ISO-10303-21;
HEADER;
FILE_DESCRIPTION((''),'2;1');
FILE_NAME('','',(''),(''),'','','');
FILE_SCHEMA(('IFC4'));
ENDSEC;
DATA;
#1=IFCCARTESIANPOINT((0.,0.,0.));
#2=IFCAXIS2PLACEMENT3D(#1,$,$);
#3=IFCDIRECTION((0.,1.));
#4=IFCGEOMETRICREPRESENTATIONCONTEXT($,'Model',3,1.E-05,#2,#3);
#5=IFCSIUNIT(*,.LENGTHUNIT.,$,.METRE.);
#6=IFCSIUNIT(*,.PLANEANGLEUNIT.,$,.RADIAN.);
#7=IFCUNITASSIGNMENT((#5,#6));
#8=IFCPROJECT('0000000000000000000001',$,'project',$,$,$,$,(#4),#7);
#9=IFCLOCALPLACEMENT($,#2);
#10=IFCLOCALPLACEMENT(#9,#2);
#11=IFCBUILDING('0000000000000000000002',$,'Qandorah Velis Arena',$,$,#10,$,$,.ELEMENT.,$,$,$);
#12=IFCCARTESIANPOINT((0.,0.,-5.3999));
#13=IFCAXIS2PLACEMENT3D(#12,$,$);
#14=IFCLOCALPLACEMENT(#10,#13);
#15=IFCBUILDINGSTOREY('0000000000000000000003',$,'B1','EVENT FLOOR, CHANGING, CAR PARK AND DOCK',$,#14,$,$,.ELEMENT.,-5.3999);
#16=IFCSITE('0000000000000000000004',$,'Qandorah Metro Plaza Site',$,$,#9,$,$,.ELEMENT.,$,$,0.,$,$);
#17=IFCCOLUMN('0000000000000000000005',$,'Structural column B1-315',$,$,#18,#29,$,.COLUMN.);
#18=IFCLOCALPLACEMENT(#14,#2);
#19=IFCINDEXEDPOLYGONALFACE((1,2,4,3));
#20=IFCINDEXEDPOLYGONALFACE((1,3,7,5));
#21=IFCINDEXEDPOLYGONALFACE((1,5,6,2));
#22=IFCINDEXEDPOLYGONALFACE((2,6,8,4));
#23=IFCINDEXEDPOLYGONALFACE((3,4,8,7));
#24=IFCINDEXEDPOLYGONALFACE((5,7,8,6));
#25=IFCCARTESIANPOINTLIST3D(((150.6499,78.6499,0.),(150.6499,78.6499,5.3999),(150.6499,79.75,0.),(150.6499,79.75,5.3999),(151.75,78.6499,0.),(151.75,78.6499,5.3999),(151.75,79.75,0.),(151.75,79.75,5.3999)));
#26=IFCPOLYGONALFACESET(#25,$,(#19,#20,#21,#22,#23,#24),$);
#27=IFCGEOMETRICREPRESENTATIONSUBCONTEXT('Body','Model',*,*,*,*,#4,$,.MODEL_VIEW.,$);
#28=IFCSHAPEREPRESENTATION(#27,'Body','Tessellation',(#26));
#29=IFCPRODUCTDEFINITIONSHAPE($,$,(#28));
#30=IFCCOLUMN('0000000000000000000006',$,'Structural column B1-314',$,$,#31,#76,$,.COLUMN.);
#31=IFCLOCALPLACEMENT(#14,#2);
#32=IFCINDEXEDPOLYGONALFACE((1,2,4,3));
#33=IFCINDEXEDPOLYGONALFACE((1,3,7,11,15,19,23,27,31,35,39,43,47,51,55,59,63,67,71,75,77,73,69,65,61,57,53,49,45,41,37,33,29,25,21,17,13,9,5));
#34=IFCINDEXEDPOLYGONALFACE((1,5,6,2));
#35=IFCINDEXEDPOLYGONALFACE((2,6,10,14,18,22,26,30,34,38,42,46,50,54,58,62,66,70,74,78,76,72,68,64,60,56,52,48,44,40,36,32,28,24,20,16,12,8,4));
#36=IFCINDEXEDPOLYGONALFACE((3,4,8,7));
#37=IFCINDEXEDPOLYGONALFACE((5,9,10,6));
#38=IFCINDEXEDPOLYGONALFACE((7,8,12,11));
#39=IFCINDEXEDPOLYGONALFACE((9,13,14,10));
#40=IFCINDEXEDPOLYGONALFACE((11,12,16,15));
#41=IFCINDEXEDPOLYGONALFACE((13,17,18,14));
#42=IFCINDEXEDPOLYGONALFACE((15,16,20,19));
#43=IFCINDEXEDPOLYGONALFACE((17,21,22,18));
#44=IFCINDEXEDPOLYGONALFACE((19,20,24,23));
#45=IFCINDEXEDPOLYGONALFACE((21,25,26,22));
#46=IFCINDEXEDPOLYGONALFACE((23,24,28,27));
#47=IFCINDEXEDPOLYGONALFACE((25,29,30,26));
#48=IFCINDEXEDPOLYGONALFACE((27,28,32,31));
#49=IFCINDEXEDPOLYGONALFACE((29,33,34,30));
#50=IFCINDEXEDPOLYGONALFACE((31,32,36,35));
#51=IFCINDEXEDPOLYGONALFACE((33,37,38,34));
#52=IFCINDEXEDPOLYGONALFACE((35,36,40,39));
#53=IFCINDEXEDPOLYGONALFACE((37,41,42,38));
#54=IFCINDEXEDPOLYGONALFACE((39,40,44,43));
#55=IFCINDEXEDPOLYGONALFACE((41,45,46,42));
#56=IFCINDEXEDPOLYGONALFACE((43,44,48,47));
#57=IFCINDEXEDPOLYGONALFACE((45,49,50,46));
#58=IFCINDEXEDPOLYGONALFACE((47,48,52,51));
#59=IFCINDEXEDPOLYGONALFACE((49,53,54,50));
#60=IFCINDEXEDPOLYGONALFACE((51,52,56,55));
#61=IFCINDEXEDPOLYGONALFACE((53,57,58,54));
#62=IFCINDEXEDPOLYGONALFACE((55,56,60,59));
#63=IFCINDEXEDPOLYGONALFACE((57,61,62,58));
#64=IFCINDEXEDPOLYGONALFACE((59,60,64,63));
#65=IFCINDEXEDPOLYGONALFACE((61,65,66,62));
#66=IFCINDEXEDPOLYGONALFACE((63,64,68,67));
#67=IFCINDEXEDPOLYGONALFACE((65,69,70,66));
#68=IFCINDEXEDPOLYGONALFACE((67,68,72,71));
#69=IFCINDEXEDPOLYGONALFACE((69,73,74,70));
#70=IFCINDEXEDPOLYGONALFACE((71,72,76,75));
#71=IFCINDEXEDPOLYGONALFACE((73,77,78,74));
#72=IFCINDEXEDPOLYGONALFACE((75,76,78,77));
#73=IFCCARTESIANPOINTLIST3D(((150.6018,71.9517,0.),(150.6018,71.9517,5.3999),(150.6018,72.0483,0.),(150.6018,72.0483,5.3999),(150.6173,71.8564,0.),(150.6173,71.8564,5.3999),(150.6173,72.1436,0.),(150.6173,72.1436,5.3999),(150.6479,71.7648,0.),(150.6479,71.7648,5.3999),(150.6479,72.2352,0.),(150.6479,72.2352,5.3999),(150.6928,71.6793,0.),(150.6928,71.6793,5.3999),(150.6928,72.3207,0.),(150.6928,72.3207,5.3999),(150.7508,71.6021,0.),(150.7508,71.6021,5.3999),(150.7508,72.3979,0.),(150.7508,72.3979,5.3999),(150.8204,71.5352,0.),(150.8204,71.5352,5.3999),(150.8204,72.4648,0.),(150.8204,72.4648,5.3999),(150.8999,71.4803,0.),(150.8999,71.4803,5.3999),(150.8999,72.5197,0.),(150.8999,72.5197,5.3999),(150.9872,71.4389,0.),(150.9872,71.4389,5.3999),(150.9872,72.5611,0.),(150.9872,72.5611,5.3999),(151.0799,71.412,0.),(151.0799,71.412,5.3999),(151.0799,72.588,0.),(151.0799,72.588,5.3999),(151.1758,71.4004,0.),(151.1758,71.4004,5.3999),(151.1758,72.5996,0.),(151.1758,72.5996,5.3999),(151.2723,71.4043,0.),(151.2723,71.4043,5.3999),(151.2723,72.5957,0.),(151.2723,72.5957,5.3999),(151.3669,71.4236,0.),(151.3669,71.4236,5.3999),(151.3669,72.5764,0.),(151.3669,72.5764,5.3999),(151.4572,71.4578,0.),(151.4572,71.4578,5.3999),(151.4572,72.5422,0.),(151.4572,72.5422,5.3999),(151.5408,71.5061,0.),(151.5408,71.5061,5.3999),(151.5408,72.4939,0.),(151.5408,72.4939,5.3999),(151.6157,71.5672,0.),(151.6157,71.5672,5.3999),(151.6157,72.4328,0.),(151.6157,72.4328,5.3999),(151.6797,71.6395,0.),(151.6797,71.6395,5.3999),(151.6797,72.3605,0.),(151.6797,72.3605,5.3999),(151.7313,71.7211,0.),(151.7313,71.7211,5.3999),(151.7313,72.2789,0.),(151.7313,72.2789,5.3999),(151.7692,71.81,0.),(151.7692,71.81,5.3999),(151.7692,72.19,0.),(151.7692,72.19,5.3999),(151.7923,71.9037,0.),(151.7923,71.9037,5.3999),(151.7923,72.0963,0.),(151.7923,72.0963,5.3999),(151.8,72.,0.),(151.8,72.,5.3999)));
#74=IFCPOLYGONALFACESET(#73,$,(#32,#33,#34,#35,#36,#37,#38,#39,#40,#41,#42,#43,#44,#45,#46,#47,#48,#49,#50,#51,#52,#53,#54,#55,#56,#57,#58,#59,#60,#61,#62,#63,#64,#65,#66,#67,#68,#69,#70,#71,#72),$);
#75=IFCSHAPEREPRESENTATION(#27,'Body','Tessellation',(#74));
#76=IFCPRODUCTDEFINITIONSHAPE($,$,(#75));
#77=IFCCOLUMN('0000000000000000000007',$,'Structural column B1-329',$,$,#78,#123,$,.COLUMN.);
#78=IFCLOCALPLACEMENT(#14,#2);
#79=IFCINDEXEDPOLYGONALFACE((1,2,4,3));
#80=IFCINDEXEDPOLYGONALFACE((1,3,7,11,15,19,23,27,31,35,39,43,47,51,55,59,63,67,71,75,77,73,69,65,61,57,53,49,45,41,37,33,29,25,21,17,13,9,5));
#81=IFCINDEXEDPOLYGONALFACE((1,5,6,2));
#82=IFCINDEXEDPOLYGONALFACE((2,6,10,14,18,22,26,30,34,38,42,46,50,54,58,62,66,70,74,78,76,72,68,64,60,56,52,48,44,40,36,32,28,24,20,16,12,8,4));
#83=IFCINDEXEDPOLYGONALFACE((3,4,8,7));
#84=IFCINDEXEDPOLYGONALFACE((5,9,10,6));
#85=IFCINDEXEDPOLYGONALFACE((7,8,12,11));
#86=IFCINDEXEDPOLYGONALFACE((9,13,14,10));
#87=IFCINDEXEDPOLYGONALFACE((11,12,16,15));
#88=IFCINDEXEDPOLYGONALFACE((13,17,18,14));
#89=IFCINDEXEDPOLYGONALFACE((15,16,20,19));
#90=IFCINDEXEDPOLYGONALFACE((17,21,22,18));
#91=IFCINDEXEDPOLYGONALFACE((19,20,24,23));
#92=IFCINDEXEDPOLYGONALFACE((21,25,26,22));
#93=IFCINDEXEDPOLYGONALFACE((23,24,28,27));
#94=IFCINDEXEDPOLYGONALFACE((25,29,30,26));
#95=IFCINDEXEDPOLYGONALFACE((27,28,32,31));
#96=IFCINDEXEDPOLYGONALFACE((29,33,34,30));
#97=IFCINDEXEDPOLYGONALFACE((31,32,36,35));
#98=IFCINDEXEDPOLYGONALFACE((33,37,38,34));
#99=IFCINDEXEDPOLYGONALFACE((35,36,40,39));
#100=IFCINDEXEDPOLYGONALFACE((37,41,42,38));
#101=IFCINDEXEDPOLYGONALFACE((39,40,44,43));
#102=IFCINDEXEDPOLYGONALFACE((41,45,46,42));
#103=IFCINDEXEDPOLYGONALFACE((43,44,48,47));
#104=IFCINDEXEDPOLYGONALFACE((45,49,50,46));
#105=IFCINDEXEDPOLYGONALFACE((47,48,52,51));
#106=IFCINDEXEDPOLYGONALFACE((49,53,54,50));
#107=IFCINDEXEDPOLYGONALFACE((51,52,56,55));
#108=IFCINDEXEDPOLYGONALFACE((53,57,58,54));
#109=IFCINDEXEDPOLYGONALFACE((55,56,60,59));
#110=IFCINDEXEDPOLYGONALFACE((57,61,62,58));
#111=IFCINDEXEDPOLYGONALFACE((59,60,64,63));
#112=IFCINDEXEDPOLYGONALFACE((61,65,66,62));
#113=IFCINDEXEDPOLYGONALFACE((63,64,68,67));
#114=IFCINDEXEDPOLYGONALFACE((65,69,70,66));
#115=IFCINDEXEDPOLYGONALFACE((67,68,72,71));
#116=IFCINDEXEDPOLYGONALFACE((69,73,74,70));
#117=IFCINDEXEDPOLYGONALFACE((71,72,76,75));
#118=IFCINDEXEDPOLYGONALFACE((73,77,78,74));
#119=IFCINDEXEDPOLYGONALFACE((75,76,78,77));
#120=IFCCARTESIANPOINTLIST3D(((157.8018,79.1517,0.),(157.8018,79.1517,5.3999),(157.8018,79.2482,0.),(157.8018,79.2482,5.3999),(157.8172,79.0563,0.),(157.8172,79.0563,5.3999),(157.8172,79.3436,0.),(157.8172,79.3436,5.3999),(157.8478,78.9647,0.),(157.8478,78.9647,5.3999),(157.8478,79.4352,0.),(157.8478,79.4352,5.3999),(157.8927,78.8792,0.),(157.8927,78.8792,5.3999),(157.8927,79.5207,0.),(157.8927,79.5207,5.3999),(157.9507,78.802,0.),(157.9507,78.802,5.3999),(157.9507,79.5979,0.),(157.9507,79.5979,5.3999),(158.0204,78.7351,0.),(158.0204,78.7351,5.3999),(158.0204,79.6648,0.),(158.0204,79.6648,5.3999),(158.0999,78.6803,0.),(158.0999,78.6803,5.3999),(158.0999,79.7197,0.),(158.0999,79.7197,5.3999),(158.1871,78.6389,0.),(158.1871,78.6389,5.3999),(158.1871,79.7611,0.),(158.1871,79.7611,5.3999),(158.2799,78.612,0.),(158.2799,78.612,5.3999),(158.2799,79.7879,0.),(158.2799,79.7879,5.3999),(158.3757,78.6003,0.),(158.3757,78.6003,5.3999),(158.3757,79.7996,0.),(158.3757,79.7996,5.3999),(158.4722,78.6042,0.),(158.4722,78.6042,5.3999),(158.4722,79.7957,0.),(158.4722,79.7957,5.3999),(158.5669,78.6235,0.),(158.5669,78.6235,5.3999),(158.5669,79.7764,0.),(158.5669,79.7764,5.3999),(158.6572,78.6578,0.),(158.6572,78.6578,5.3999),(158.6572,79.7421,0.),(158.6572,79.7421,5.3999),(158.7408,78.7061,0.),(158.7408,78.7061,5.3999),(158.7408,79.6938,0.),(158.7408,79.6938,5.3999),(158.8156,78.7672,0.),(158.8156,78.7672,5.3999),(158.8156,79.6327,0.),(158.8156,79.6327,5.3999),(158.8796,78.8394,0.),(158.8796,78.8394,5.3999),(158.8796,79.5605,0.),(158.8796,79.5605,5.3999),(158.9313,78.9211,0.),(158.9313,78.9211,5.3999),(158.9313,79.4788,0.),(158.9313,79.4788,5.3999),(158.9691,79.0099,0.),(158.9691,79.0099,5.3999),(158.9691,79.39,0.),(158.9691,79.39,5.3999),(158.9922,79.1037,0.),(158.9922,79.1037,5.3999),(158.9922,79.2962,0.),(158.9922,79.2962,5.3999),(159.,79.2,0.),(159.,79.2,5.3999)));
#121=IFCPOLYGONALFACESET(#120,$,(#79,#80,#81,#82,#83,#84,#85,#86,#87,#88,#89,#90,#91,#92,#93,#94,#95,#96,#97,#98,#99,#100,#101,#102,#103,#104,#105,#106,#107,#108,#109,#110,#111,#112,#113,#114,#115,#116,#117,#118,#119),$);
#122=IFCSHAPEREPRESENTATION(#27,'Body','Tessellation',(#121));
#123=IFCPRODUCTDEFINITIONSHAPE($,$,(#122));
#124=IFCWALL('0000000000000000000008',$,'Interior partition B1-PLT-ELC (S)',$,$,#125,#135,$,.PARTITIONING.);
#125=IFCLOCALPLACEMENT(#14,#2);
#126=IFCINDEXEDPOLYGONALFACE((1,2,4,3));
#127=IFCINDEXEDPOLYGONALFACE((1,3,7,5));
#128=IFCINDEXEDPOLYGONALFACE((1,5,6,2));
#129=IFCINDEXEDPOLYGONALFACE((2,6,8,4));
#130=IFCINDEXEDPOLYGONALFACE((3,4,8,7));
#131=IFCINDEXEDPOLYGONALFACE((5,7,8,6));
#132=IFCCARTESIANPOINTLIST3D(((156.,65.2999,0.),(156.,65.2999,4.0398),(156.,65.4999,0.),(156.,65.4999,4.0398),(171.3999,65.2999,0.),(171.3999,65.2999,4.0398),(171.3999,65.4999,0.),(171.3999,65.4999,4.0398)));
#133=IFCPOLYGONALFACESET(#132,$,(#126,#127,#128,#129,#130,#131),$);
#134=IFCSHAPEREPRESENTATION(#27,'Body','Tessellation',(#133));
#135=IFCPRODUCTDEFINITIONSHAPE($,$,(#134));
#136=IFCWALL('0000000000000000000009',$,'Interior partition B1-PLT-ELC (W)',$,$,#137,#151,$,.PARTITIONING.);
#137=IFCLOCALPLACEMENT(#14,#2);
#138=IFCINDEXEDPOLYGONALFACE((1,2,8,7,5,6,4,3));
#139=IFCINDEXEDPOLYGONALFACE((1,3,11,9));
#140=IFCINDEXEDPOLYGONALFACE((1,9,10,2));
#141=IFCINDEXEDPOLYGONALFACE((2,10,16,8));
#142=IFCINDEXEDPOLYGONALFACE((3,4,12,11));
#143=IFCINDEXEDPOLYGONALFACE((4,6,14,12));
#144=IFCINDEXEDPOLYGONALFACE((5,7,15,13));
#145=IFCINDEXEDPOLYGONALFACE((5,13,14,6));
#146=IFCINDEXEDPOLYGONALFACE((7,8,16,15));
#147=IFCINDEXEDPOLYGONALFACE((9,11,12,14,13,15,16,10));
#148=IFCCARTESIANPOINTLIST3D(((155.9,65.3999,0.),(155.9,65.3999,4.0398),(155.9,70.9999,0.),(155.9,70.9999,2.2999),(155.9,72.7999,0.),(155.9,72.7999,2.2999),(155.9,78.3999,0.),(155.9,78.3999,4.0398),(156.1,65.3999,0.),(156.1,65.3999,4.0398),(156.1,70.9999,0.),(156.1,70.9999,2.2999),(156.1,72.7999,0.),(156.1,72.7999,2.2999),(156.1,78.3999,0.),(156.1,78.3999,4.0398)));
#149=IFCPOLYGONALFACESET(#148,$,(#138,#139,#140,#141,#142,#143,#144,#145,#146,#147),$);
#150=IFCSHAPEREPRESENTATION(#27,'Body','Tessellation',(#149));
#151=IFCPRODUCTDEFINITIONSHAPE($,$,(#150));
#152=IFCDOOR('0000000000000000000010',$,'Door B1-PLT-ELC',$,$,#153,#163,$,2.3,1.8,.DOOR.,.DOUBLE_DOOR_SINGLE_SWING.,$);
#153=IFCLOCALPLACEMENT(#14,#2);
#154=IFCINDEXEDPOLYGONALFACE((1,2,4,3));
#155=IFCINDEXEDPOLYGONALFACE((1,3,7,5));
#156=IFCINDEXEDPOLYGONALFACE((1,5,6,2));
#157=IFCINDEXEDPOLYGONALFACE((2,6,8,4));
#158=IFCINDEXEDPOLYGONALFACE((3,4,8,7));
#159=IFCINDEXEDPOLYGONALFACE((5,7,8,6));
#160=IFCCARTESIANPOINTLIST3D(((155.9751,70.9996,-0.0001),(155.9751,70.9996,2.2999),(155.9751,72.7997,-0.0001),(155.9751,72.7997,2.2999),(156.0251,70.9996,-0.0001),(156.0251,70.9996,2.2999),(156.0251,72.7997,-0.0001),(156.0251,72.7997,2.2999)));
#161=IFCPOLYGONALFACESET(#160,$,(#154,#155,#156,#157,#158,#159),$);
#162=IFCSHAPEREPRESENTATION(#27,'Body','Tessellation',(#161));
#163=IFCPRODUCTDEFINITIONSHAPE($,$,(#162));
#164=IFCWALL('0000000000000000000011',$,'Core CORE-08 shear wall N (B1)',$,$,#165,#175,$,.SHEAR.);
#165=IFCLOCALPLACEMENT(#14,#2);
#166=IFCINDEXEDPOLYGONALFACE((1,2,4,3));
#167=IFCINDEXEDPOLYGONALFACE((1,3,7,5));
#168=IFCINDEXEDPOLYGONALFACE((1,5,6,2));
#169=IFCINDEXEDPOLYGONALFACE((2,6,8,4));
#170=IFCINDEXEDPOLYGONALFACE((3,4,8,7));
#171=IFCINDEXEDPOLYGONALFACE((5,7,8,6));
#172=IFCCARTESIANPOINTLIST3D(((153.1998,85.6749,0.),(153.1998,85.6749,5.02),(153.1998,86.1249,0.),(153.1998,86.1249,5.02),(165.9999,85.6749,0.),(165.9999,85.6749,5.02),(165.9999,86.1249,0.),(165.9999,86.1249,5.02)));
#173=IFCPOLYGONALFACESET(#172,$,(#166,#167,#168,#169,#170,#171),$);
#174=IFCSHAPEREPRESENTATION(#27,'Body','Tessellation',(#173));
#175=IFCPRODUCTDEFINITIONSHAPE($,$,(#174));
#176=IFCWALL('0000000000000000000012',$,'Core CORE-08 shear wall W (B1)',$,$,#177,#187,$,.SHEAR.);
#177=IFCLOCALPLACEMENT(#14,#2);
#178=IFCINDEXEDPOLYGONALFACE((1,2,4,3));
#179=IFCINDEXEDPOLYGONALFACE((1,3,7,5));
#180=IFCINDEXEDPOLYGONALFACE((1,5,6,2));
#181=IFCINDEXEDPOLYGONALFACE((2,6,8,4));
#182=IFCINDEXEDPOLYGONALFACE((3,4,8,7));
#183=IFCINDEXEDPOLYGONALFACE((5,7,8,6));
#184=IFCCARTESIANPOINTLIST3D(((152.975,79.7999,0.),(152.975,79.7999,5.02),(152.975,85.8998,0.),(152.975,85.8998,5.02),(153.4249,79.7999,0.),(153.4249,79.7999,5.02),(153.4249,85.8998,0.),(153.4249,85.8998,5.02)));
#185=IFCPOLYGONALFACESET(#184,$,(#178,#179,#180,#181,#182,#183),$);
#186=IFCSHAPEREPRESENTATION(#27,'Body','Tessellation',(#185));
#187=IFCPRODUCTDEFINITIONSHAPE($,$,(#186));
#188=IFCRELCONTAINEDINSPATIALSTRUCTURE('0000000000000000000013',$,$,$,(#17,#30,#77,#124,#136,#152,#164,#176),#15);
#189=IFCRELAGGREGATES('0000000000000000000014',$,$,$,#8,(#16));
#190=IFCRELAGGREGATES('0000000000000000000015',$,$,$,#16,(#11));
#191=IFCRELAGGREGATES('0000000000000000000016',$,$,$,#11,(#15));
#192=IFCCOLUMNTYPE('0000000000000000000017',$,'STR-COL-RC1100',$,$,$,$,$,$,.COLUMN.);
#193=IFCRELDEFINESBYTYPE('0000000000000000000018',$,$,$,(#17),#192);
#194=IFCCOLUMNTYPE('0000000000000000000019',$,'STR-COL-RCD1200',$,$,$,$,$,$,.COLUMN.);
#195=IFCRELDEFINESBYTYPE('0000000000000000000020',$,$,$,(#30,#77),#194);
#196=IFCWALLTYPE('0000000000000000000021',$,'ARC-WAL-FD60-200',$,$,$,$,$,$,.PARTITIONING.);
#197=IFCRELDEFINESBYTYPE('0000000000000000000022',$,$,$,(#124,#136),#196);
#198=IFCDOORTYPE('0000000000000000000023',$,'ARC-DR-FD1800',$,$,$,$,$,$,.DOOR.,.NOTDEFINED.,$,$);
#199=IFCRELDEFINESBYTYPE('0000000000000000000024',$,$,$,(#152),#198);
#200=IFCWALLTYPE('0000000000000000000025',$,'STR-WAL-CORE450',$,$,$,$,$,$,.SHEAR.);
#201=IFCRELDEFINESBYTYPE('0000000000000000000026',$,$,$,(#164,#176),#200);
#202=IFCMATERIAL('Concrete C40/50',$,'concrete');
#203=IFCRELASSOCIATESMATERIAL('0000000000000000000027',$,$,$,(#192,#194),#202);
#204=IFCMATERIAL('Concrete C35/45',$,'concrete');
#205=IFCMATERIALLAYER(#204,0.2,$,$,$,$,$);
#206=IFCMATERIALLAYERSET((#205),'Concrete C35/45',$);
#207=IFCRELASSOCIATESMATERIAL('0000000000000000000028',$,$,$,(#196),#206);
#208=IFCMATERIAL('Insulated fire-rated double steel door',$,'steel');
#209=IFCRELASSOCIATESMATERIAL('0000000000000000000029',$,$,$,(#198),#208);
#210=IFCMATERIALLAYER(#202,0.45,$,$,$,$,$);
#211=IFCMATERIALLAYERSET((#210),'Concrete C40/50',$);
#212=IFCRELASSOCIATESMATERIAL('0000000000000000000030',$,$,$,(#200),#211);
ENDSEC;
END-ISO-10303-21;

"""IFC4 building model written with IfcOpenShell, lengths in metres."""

from ifc_helpers import new_model, si_unit, direction, frame, frame_2d, origin, origin_2d, place, context, subcontext, project, spatial, rectangle, circle, extrude, material, layer, layer_set, material_profile, profile_set, type_object, element, fill, save


model = new_model("IFC4")

# Units and contexts
model_context = context("Model", 3, precision=1e-05, world=origin(), true_north=direction((0.0, 1.0)))
body_context = subcontext(model_context, "Body", "Model", "MODEL_VIEW")
ifc_project = project(units=[si_unit("LENGTHUNIT", "METRE"), si_unit("PLANEANGLEUNIT", "RADIAN")], contexts=[model_context])

# Site, building, storey
site_placement = place(None, origin())
site = spatial("IfcSite", under=ifc_project, at=site_placement, Name="Qandorah Metro Plaza Site", CompositionType="ELEMENT", RefElevation=0.0)
building_placement = place(site_placement, origin())
building = spatial("IfcBuilding", under=site, at=building_placement, Name="Qandorah Velis Arena", CompositionType="ELEMENT")
storey_placement = place(building_placement, frame((0.0, 0.0, -5.3999)))
storey = spatial("IfcBuildingStorey", under=building, at=storey_placement, Name="B1", Description="EVENT FLOOR, CHANGING, CAR PARK AND DOCK", CompositionType="ELEMENT", Elevation=-5.3999)

# Shared definitions
ifc_material_1 = material(Name="Concrete C40/50", Category="concrete")

# Columns
ifc_material_profile_1 = material_profile(ifc_material_1, rectangle(XDim=1.1001, YDim=1.1001, at=origin_2d()), Name="RC COL 1100x1100")
ifc_profile_set_1 = profile_set([ifc_material_profile_1], Name="Concrete C40/50")
column_type_1 = type_object("IfcColumnType", Name="STR-COL-RC1100", PredefinedType="COLUMN", material=ifc_profile_set_1)
column_placement = place(storey_placement, frame((151.2, 79.2, 0.0), z_axis=(0.0, 0.0, 1.0), x_axis=(1.0, 0.0, 0.0)))
element("IfcColumn", 1, at=column_placement, inside=storey, type_object=column_type_1, Name="Structural column B1-315", PredefinedType="COLUMN", context=body_context, shape_type="SweptSolid", body=[
    extrude(rectangle(XDim=1.1001, YDim=1.1001, at=origin_2d()), origin(), (0.0, 0.0, 1.0), 5.3999),
])
ifc_material_profile_2 = material_profile(ifc_material_1, circle(Radius=0.6001, at=origin_2d()), Name="RC D1200")
ifc_profile_set_2 = profile_set([ifc_material_profile_2], Name="Concrete C40/50")
column_type_2 = type_object("IfcColumnType", Name="STR-COL-RCD1200", PredefinedType="COLUMN", material=ifc_profile_set_2)
for number, where, z_axis, x_axis, name in (
    (2, (151.2, 72.0, 0.0), (0.0, 0.0, 1.0), (1.0, 0.0, 0.0), "Structural column B1-314"),
    (3, (158.3999, 79.2, 0.0), (0.0, 0.0, 1.0), (1.0, 0.0, 0.0), "Structural column B1-329"),
):
    element("IfcColumn", number, at=place(storey_placement, frame(where, z_axis=z_axis, x_axis=x_axis)), inside=storey, type_object=column_type_2, Name=name, PredefinedType="COLUMN", context=body_context, shape_type="SweptSolid", body=[
        extrude(circle(Radius=0.6001, at=origin_2d()), origin(), (0.0, 0.0, 1.0), 5.3999),
    ])

# Wall
ifc_material_2 = material(Name="Concrete C35/45", Category="concrete")
ifc_layer_1 = layer(ifc_material_2, 0.2)
ifc_layer_set_1 = layer_set([ifc_layer_1], Name="Concrete C35/45")
wall_type_1 = type_object("IfcWallType", Name="ARC-WAL-FD60-200", PredefinedType="PARTITIONING", material=ifc_layer_set_1)
wall_1_placement = place(storey_placement, frame((156.0, 65.3999, 0.0), z_axis=(0.0, 0.0, 1.0), x_axis=(1.0, 0.0, 0.0)))
element("IfcWall", 4, at=wall_1_placement, inside=storey, type_object=wall_type_1, Name="Interior partition B1-PLT-ELC (S)", PredefinedType="PARTITIONING", context=body_context, shape_type="SweptSolid", body=[
    extrude(rectangle(XDim=15.3999, YDim=0.2, at=frame_2d((7.7, 0.0))), origin(), (0.0, 0.0, 1.0), 4.0398),
])

# Wall, opening, door
wall_2_placement = place(storey_placement, frame((156.0, 78.3999, 0.0), z_axis=(0.0, 0.0, 1.0), x_axis=(0.0, -1.0, 0.0)))
wall_2 = element("IfcWall", 5, at=wall_2_placement, inside=storey, type_object=wall_type_1, Name="Interior partition B1-PLT-ELC (W)", PredefinedType="PARTITIONING", context=body_context, shape_type="SweptSolid", body=[
    extrude(rectangle(XDim=13.0, YDim=0.2, at=frame_2d((6.5, 0.0))), origin(), (0.0, 0.0, 1.0), 4.0398),
])
opening_1_placement = place(wall_2_placement, frame((5.6001, 0.0, 0.0)))
opening_1 = element("IfcOpeningElement", 6, at=opening_1_placement, cuts=wall_2, PredefinedType="OPENING", context=body_context, shape_type="SweptSolid", body=[
    extrude(rectangle(XDim=1.8, YDim=2.3, at=frame_2d((0.8999, 1.1499))), frame((0.0, 0.1099, 0.0), z_axis=(0.0, -1.0, 0.0), x_axis=(1.0, 0.0, 0.0)), (0.0, 0.0, 1.0), 0.22),
])
ifc_material_3 = material(Name="Insulated fire-rated double steel door", Category="steel")
door_type_1 = type_object("IfcDoorType", Name="ARC-DR-FD1800", OperationType="NOTDEFINED", PredefinedType="DOOR", material=ifc_material_3)
door_1_placement = place(opening_1_placement, frame((1.8, 0.0, 0.0), z_axis=(0.0, 0.0, 1.0), x_axis=(-1.0, 0.0, 0.0)))
door_1 = element("IfcDoor", 7, at=door_1_placement, inside=storey, type_object=door_type_1, Name="Door B1-PLT-ELC", OperationType="DOUBLE_DOOR_SINGLE_SWING", OverallHeight=2.3, OverallWidth=1.8, PredefinedType="DOOR", context=body_context, shape_type="SweptSolid", body=[
    extrude(rectangle(XDim=1.8, YDim=2.3, at=frame_2d((0.8999, 1.1499))), frame((0.0, 0.0249, 0.0), z_axis=(0.0, -1.0, 0.0), x_axis=(1.0, 0.0, 0.0)), (0.0, 0.0, 1.0), 0.05),
])
fill(opening_1, door_1)

# Shared definitions
ifc_layer_2 = layer(ifc_material_1, 0.45)
ifc_layer_set_2 = layer_set([ifc_layer_2], Name="Concrete C40/50")
wall_type_2 = type_object("IfcWallType", Name="STR-WAL-CORE450", PredefinedType="SHEAR", material=ifc_layer_set_2)

# Walls
wall_3_placement = place(storey_placement, frame((153.2, 85.8999, 0.0), z_axis=(0.0, 0.0, 1.0), x_axis=(1.0, 0.0, 0.0)))
element("IfcWall", 8, at=wall_3_placement, inside=storey, type_object=wall_type_2, Name="Core CORE-08 shear wall N (B1)", PredefinedType="SHEAR", context=body_context, shape_type="SweptSolid", body=[
    extrude(rectangle(XDim=12.8, YDim=0.45, at=frame_2d((6.3999, 0.0))), origin(), (0.0, 0.0, 1.0), 5.02),
])
wall_4_placement = place(storey_placement, frame((153.2, 79.8, 0.0), z_axis=(0.0, 0.0, 1.0), x_axis=(0.0, 1.0, 0.0)))
element("IfcWall", 9, at=wall_4_placement, inside=storey, type_object=wall_type_2, Name="Core CORE-08 shear wall W (B1)", PredefinedType="SHEAR", context=body_context, shape_type="SweptSolid", body=[
    extrude(rectangle(XDim=6.0999, YDim=0.45, at=frame_2d((3.0498, 0.0))), origin(), (0.0, 0.0, 1.0), 5.02),
])

save(model, "model.ifc")
